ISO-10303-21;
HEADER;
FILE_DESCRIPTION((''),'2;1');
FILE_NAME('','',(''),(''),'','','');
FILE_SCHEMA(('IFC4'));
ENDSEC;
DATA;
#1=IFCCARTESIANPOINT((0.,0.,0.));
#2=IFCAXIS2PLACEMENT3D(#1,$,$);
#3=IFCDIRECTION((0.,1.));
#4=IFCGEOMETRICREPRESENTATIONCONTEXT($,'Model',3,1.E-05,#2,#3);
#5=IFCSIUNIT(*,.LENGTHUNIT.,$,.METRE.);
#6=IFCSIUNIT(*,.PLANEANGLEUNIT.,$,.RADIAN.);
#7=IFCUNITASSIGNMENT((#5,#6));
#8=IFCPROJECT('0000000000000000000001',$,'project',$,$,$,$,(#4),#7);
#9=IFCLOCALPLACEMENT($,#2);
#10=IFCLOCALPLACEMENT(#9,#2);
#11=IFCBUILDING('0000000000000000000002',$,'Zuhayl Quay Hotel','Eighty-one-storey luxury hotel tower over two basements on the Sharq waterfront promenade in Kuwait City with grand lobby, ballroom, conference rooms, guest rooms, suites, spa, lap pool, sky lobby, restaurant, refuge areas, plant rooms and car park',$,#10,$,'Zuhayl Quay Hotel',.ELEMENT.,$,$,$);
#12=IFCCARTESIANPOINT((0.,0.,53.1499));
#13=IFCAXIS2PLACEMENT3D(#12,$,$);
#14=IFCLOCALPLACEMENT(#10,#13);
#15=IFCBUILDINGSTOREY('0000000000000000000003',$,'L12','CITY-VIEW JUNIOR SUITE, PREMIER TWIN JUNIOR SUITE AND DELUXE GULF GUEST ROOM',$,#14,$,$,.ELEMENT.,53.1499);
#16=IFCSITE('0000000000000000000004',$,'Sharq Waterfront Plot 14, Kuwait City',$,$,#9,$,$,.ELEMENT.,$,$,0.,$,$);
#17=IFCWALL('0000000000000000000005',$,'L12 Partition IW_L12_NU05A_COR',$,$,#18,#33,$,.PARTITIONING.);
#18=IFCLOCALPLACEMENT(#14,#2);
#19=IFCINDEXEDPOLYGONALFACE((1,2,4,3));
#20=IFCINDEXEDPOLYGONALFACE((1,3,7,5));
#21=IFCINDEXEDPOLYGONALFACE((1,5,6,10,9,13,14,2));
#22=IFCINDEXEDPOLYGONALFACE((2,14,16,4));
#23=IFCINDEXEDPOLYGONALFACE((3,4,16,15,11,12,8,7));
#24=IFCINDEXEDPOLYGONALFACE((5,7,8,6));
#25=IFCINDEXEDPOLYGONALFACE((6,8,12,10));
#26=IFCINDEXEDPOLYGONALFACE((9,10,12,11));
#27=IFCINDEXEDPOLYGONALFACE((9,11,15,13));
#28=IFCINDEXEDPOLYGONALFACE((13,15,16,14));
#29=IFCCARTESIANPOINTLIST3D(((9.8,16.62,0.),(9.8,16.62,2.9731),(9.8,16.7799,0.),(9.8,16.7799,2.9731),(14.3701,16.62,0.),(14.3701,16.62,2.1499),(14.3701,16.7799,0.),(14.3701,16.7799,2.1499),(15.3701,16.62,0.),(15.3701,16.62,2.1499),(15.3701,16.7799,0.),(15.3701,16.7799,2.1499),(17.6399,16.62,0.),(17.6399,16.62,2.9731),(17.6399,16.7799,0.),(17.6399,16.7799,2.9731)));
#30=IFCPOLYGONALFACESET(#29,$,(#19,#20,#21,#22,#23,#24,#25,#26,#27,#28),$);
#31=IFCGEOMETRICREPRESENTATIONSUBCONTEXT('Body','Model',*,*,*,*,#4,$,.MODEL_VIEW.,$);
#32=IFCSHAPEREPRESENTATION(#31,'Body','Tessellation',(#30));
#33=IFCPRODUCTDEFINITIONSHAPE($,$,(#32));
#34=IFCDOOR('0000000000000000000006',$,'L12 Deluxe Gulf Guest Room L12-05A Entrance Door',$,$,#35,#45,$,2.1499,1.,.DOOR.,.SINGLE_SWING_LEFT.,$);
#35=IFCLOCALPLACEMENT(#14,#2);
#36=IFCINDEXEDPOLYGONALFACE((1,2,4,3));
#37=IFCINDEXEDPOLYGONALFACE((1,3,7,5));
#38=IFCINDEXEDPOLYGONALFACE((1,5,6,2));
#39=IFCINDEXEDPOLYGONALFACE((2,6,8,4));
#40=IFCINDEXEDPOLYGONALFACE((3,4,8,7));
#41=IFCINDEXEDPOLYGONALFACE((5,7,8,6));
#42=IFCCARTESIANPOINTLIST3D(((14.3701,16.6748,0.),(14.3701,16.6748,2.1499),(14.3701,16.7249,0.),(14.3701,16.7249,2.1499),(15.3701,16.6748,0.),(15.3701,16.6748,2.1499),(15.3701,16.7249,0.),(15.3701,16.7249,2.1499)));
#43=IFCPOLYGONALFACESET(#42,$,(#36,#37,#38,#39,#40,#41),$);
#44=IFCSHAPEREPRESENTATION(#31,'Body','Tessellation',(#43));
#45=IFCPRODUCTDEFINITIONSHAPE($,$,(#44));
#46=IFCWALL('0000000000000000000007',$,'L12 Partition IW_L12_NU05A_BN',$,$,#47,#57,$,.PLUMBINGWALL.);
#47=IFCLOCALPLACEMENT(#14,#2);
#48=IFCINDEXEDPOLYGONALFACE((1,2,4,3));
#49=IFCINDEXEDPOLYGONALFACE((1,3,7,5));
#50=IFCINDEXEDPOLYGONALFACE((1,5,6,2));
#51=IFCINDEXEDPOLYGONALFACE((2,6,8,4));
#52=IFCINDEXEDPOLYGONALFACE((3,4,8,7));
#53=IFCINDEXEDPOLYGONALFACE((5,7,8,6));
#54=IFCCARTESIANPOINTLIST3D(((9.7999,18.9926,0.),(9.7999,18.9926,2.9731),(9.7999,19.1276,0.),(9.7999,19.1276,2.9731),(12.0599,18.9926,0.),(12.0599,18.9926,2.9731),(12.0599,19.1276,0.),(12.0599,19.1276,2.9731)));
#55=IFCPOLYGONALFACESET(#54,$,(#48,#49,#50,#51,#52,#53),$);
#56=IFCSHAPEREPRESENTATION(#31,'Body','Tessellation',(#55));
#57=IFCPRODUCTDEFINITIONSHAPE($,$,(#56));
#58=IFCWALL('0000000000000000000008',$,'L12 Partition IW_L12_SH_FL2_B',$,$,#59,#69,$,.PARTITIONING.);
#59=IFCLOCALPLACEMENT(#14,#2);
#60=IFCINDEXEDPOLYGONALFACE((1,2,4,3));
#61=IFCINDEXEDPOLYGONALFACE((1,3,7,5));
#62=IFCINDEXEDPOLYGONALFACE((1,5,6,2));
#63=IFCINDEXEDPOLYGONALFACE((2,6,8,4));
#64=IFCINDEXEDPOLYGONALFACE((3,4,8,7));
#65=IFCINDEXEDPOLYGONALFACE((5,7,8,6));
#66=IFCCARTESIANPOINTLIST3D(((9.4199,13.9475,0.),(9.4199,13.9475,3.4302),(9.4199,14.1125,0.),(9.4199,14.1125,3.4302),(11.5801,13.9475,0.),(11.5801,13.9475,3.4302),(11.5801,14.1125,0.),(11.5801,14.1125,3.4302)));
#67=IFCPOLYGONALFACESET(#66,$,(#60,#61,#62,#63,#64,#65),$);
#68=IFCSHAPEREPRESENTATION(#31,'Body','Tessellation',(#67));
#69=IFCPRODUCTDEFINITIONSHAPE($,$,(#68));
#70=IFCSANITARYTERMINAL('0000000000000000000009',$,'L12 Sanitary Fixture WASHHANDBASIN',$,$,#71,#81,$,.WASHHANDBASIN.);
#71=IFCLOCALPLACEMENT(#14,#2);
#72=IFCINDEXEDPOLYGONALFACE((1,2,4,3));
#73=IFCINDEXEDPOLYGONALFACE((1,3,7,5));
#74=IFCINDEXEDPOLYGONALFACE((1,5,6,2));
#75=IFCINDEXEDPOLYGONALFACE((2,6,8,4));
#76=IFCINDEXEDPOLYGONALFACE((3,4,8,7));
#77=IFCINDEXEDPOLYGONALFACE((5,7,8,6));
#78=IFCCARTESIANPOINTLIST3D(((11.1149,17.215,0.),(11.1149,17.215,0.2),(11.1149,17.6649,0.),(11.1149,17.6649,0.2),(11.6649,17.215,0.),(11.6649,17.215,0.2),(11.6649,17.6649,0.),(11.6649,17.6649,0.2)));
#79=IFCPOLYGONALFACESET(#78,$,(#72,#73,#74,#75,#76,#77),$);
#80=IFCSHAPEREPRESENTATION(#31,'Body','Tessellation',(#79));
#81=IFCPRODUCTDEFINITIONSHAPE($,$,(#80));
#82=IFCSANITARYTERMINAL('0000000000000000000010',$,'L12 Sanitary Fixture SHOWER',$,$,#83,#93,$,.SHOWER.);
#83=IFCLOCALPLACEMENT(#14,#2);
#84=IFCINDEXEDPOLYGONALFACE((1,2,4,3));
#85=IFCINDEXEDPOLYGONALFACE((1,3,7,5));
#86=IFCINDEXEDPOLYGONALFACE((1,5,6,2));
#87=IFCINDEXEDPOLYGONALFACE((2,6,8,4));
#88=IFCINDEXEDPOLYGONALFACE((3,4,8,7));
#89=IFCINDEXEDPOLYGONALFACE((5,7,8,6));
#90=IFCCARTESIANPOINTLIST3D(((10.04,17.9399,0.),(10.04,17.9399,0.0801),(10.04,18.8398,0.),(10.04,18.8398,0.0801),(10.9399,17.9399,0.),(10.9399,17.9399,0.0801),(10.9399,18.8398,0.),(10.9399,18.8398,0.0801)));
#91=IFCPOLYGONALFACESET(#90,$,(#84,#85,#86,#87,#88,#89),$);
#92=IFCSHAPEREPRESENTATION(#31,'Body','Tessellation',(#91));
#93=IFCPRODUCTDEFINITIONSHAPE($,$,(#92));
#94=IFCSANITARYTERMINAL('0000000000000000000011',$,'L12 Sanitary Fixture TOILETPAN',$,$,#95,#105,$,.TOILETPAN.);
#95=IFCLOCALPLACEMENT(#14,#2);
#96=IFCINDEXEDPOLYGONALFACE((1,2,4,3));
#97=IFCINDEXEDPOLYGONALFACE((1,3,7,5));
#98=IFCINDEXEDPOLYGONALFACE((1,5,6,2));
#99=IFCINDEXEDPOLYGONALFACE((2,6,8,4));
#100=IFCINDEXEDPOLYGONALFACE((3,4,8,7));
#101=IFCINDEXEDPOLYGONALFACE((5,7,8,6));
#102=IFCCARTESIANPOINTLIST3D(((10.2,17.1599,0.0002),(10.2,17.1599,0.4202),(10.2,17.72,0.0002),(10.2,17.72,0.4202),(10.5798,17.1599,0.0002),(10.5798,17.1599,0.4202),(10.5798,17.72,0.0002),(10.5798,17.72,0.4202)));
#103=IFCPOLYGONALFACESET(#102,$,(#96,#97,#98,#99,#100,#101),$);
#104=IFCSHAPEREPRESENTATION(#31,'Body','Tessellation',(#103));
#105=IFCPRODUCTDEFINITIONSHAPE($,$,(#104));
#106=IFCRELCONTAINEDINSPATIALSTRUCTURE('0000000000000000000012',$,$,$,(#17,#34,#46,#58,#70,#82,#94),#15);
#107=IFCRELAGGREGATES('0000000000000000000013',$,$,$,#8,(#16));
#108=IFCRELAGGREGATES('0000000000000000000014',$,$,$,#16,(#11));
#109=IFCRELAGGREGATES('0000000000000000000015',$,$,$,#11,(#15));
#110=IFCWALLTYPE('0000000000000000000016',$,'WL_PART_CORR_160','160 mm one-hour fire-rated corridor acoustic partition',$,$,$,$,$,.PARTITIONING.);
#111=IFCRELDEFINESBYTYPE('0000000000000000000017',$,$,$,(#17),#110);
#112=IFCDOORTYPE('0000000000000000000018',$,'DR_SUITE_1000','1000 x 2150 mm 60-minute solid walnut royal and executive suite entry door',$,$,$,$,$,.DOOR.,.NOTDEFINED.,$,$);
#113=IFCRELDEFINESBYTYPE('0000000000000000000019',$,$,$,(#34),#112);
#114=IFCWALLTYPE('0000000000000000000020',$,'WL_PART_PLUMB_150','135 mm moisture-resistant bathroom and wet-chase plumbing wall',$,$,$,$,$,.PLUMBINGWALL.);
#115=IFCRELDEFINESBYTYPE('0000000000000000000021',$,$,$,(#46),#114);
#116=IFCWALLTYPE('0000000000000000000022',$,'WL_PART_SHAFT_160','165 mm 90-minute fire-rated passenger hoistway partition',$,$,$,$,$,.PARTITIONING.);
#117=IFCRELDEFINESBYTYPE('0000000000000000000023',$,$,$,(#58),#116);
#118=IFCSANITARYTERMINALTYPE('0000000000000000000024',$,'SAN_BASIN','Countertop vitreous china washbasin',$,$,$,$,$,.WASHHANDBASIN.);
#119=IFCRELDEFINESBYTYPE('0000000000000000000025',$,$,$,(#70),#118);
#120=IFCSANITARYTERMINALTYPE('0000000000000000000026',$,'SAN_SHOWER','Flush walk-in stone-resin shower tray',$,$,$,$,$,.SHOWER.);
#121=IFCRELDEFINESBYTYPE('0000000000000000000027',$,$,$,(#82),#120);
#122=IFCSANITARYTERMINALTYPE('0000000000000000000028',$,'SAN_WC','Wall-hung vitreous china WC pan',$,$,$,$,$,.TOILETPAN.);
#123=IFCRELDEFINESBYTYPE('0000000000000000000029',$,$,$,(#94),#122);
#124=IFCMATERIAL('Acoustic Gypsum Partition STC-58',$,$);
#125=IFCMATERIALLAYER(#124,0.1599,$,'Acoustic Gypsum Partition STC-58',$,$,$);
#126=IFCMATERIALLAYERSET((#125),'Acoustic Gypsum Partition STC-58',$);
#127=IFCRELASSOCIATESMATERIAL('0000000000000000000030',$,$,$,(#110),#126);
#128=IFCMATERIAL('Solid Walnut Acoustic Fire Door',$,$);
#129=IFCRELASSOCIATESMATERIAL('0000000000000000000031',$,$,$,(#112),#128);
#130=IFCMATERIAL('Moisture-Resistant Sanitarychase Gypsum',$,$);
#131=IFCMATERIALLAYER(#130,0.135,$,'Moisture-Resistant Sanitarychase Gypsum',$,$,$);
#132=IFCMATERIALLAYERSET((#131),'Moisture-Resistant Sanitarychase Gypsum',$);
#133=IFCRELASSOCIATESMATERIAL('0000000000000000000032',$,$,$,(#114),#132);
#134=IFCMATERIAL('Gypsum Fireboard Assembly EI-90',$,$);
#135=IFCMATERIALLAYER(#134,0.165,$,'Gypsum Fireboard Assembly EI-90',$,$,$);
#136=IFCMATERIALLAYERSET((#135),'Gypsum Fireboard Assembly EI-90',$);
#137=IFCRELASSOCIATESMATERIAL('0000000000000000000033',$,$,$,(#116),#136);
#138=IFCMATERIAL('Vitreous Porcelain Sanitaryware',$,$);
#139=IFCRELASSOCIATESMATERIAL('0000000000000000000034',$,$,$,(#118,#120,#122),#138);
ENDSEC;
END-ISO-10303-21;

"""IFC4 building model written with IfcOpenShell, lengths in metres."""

from ifc_helpers import new_model, si_unit, direction, frame, frame_2d, origin, origin_2d, place, context, subcontext, project, spatial, rectangle, extrude, material, layer, layer_set, type_object, element, fill, save


model = new_model("IFC4")

# Units and contexts
model_context = context("Model", 3, precision=1e-05, world=origin(), true_north=direction((0.0, 1.0)))
body_context = subcontext(model_context, "Body", "Model", "MODEL_VIEW")
ifc_project = project(units=[si_unit("LENGTHUNIT", "METRE"), si_unit("PLANEANGLEUNIT", "RADIAN")], contexts=[model_context])

# Site, building, storey
site_placement = place(None, origin())
site = spatial("IfcSite", under=ifc_project, at=site_placement, Name="Sharq Waterfront Plot 14, Kuwait City", CompositionType="ELEMENT", RefElevation=0.0)
building_placement = place(site_placement, origin())
building = spatial("IfcBuilding", under=site, at=building_placement, Name="Zuhayl Quay Hotel", Description="Eighty-one-storey luxury hotel tower over two basements on the Sharq waterfront promenade in Kuwait City with grand lobby, ballroom, conference rooms, guest rooms, suites, spa, lap pool, sky lobby, restaurant, refuge areas, plant rooms and car park", LongName="Zuhayl Quay Hotel", CompositionType="ELEMENT")
storey_placement = place(building_placement, frame((0.0, 0.0, 53.1499)))
storey = spatial("IfcBuildingStorey", under=building, at=storey_placement, Name="L12", Description="CITY-VIEW JUNIOR SUITE, PREMIER TWIN JUNIOR SUITE AND DELUXE GULF GUEST ROOM", CompositionType="ELEMENT", Elevation=53.1499)

# Shared definitions
ifc_material_1 = material(Name="Acoustic Gypsum Partition STC-58")

# Wall, opening, door
ifc_layer_1 = layer(ifc_material_1, 0.1599, Name="Acoustic Gypsum Partition STC-58")
ifc_layer_set_1 = layer_set([ifc_layer_1], Name="Acoustic Gypsum Partition STC-58")
wall_type_1 = type_object("IfcWallType", Name="WL_PART_CORR_160", Description="160 mm one-hour fire-rated corridor acoustic partition", PredefinedType="PARTITIONING", material=ifc_layer_set_1)
ifc_material_2 = material(Name="Solid Walnut Acoustic Fire Door")
wall_1_placement = place(storey_placement, frame((9.8, 16.7, 0.0), z_axis=(0.0, 0.0, 1.0), x_axis=(1.0, 0.0, 0.0)))
wall_1 = element("IfcWall", 1, at=wall_1_placement, inside=storey, type_object=wall_type_1, Name="L12 Partition IW_L12_NU05A_COR", PredefinedType="PARTITIONING", context=body_context, shape_type="SweptSolid", body=[
    extrude(rectangle(XDim=7.8398, YDim=0.1599, at=frame_2d((3.9199, 0.0))), origin(), (0.0, 0.0, 1.0), 2.9731),
])
opening_1_placement = place(wall_1_placement, frame((4.5701, 0.0, 0.0)))
opening_1 = element("IfcOpeningElement", 2, at=opening_1_placement, cuts=wall_1, PredefinedType="OPENING", context=body_context, shape_type="SweptSolid", body=[
    extrude(rectangle(XDim=1.0, YDim=2.1499, at=frame_2d((0.5, 1.075))), frame((0.0, 0.0898, 0.0), z_axis=(0.0, -1.0, 0.0), x_axis=(1.0, 0.0, 0.0)), (0.0, 0.0, 1.0), 0.1799),
])
door_type_1 = type_object("IfcDoorType", Name="DR_SUITE_1000", Description="1000 x 2150 mm 60-minute solid walnut royal and executive suite entry door", OperationType="NOTDEFINED", PredefinedType="DOOR", material=ifc_material_2)
door_1_placement = place(opening_1_placement, origin())
door_1 = element("IfcDoor", 3, at=door_1_placement, inside=storey, type_object=door_type_1, Name="L12 Deluxe Gulf Guest Room L12-05A Entrance Door", OperationType="SINGLE_SWING_LEFT", OverallHeight=2.1499, OverallWidth=1.0, PredefinedType="DOOR", context=body_context, shape_type="SweptSolid", body=[
    extrude(rectangle(XDim=1.0, YDim=2.1499, at=frame_2d((0.5, 1.075))), frame((0.0, 0.0249, 0.0), z_axis=(0.0, -1.0, 0.0), x_axis=(1.0, 0.0, 0.0)), (0.0, 0.0, 1.0), 0.05),
])
fill(opening_1, door_1)

# Walls
ifc_material_3 = material(Name="Moisture-Resistant Sanitarychase Gypsum")
ifc_layer_2 = layer(ifc_material_3, 0.135, Name="Moisture-Resistant Sanitarychase Gypsum")
ifc_layer_set_2 = layer_set([ifc_layer_2], Name="Moisture-Resistant Sanitarychase Gypsum")
wall_type_2 = type_object("IfcWallType", Name="WL_PART_PLUMB_150", Description="135 mm moisture-resistant bathroom and wet-chase plumbing wall", PredefinedType="PLUMBINGWALL", material=ifc_layer_set_2)
wall_2_placement = place(storey_placement, frame((9.8, 19.0601, 0.0), z_axis=(0.0, 0.0, 1.0), x_axis=(1.0, 0.0, 0.0)))
element("IfcWall", 4, at=wall_2_placement, inside=storey, type_object=wall_type_2, Name="L12 Partition IW_L12_NU05A_BN", PredefinedType="PLUMBINGWALL", context=body_context, shape_type="SweptSolid", body=[
    extrude(rectangle(XDim=2.26, YDim=0.135, at=frame_2d((1.1299, 0.0))), origin(), (0.0, 0.0, 1.0), 2.9731),
])
ifc_material_4 = material(Name="Gypsum Fireboard Assembly EI-90")
ifc_layer_3 = layer(ifc_material_4, 0.165, Name="Gypsum Fireboard Assembly EI-90")
ifc_layer_set_3 = layer_set([ifc_layer_3], Name="Gypsum Fireboard Assembly EI-90")
wall_type_3 = type_object("IfcWallType", Name="WL_PART_SHAFT_160", Description="165 mm 90-minute fire-rated passenger hoistway partition", PredefinedType="PARTITIONING", material=ifc_layer_set_3)
wall_3_placement = place(storey_placement, frame((9.4199, 14.03, 0.0), z_axis=(0.0, 0.0, 1.0), x_axis=(1.0, 0.0, 0.0)))
element("IfcWall", 5, at=wall_3_placement, inside=storey, type_object=wall_type_3, Name="L12 Partition IW_L12_SH_FL2_B", PredefinedType="PARTITIONING", context=body_context, shape_type="SweptSolid", body=[
    extrude(rectangle(XDim=2.1602, YDim=0.165, at=frame_2d((1.0801, 0.0))), origin(), (0.0, 0.0, 1.0), 3.4302),
])

# Sanitary terminals
ifc_material_5 = material(Name="Vitreous Porcelain Sanitaryware")
sanitary_terminal_type_1 = type_object("IfcSanitaryTerminalType", Name="SAN_BASIN", Description="Countertop vitreous china washbasin", PredefinedType="WASHHANDBASIN", material=ifc_material_5)
sanitary_terminal_1_placement = place(storey_placement, frame((11.3899, 17.4399, 0.0), z_axis=(0.0, 0.0, 1.0), x_axis=(1.0, 0.0, 0.0)))
element("IfcSanitaryTerminal", 6, at=sanitary_terminal_1_placement, inside=storey, type_object=sanitary_terminal_type_1, Name="L12 Sanitary Fixture WASHHANDBASIN", PredefinedType="WASHHANDBASIN", context=body_context, shape_type="SweptSolid", body=[
    extrude(rectangle(XDim=0.55, YDim=0.45, at=origin_2d()), origin(), (0.0, 0.0, 1.0), 0.2),
])
sanitary_terminal_type_2 = type_object("IfcSanitaryTerminalType", Name="SAN_SHOWER", Description="Flush walk-in stone-resin shower tray", PredefinedType="SHOWER", material=ifc_material_5)
sanitary_terminal_2_placement = place(storey_placement, frame((10.49, 18.3899, 0.0), z_axis=(0.0, 0.0, 1.0), x_axis=(1.0, 0.0, 0.0)))
element("IfcSanitaryTerminal", 7, at=sanitary_terminal_2_placement, inside=storey, type_object=sanitary_terminal_type_2, Name="L12 Sanitary Fixture SHOWER", PredefinedType="SHOWER", context=body_context, shape_type="SweptSolid", body=[
    extrude(rectangle(XDim=0.8999, YDim=0.8999, at=origin_2d()), origin(), (0.0, 0.0, 1.0), 0.0801),
])
sanitary_terminal_type_3 = type_object("IfcSanitaryTerminalType", Name="SAN_WC", Description="Wall-hung vitreous china WC pan", PredefinedType="TOILETPAN", material=ifc_material_5)
sanitary_terminal_3_placement = place(storey_placement, frame((10.3899, 17.4399, 0.0002), z_axis=(0.0, 0.0, 1.0), x_axis=(1.0, 0.0, 0.0)))
element("IfcSanitaryTerminal", 8, at=sanitary_terminal_3_placement, inside=storey, type_object=sanitary_terminal_type_3, Name="L12 Sanitary Fixture TOILETPAN", PredefinedType="TOILETPAN", context=body_context, shape_type="SweptSolid", body=[
    extrude(rectangle(XDim=0.3799, YDim=0.5601, at=origin_2d()), origin(), (0.0, 0.0, 1.0), 0.4199),
])

save(model, "model.ifc")
